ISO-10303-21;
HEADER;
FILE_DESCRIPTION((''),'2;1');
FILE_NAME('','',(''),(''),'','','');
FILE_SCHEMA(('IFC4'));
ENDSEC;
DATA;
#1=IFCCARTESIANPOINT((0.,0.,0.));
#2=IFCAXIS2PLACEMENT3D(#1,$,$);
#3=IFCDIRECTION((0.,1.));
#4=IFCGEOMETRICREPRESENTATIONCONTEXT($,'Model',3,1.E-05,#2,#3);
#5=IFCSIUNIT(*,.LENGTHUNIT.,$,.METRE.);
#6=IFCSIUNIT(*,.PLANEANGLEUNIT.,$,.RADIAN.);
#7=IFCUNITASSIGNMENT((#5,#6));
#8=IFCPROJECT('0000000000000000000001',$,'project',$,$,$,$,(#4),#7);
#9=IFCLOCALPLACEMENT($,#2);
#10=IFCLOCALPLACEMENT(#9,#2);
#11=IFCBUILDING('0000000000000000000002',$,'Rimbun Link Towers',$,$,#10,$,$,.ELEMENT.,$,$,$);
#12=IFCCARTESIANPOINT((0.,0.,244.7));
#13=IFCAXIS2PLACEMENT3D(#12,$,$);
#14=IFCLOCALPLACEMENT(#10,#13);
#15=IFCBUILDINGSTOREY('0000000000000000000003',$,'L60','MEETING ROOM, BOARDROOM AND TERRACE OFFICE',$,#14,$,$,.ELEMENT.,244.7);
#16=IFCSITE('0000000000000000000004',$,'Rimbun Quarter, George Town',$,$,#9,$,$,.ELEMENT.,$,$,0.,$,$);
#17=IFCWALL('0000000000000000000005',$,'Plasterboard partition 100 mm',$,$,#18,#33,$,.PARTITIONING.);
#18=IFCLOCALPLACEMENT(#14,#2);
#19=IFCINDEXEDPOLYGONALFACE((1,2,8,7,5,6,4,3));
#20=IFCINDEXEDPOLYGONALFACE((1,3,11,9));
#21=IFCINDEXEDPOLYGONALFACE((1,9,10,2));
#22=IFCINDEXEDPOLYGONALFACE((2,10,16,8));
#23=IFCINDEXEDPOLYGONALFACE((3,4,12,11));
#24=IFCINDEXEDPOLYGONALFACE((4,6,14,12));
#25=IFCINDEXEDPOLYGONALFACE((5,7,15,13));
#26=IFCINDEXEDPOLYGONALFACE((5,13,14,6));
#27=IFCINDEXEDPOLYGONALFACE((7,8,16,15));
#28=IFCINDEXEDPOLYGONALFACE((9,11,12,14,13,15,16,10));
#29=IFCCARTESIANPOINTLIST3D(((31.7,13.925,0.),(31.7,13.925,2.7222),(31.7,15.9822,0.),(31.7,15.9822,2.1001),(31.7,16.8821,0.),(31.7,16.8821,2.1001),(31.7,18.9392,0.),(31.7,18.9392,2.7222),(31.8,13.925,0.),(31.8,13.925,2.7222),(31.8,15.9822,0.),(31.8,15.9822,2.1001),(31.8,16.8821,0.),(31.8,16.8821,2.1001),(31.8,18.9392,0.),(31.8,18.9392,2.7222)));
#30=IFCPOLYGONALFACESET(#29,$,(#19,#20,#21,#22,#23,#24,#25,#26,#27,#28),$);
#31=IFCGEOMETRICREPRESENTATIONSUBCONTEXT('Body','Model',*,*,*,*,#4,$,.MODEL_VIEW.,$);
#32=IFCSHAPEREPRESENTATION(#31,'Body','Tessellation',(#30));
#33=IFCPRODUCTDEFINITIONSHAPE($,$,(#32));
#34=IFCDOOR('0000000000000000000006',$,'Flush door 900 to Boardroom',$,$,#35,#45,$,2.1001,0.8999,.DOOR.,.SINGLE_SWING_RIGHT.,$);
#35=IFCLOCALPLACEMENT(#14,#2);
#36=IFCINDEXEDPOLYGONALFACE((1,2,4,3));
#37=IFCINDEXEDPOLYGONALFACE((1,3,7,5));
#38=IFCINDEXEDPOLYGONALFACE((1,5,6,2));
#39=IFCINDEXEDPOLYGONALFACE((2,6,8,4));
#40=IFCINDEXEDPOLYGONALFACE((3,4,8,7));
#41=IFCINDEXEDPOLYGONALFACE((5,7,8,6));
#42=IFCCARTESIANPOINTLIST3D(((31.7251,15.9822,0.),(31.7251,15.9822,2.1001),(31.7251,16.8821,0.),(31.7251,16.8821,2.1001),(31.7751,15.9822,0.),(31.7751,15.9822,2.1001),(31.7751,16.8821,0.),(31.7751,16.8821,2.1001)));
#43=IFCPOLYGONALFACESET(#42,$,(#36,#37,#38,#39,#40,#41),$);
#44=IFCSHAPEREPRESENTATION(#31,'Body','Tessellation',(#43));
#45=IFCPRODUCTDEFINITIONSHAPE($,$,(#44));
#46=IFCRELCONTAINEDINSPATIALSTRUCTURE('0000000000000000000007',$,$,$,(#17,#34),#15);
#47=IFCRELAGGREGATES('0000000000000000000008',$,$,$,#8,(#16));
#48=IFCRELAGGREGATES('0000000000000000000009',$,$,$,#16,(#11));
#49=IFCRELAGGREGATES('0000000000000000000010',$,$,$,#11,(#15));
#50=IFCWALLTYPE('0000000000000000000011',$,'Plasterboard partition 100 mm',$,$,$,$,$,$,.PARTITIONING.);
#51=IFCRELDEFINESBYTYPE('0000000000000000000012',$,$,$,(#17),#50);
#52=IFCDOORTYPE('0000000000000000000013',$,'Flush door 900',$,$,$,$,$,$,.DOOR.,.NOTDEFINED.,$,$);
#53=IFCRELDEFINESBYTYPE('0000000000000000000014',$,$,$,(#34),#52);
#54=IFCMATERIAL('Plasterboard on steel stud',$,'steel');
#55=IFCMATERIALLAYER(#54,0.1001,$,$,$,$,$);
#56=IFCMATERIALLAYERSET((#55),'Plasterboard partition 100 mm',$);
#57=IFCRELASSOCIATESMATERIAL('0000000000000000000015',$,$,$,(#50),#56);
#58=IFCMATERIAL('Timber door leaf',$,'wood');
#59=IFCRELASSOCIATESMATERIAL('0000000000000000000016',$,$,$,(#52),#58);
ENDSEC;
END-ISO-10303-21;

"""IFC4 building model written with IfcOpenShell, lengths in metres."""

from ifc_helpers import new_model, si_unit, direction, frame, frame_2d, origin, place, context, subcontext, project, spatial, rectangle, extrude, material, layer, layer_set, type_object, element, fill, save


model = new_model("IFC4")

# Units and contexts
model_context = context("Model", 3, precision=1e-05, world=origin(), true_north=direction((0.0, 1.0)))
body_context = subcontext(model_context, "Body", "Model", "MODEL_VIEW")
ifc_project = project(units=[si_unit("LENGTHUNIT", "METRE"), si_unit("PLANEANGLEUNIT", "RADIAN")], contexts=[model_context])

# Site, building, storey
site_placement = place(None, origin())
site = spatial("IfcSite", under=ifc_project, at=site_placement, Name="Rimbun Quarter, George Town", CompositionType="ELEMENT", RefElevation=0.0)
building_placement = place(site_placement, origin())
building = spatial("IfcBuilding", under=site, at=building_placement, Name="Rimbun Link Towers", CompositionType="ELEMENT")
storey_placement = place(building_placement, frame((0.0, 0.0, 244.7)))
storey = spatial("IfcBuildingStorey", under=building, at=storey_placement, Name="L60", Description="MEETING ROOM, BOARDROOM AND TERRACE OFFICE", CompositionType="ELEMENT", Elevation=244.7)

# Shared definitions
ifc_material_1 = material(Name="Plasterboard on steel stud", Category="steel")
ifc_layer_1 = layer(ifc_material_1, 0.1001)
ifc_layer_set_1 = layer_set([ifc_layer_1], Name="Plasterboard partition 100 mm")
wall_type = type_object("IfcWallType", Name="Plasterboard partition 100 mm", PredefinedType="PARTITIONING", material=ifc_layer_set_1)

# Wall, opening, door
wall_1_placement = place(storey_placement, frame((31.75, 13.925, 0.0), z_axis=(0.0, 0.0, 1.0), x_axis=(0.0, 1.0, 0.0)))
wall_1 = element("IfcWall", 1, at=wall_1_placement, inside=storey, type_object=wall_type, Name="Plasterboard partition 100 mm", PredefinedType="PARTITIONING", context=body_context, shape_type="SweptSolid", body=[
    extrude(rectangle(XDim=5.0142, YDim=0.1001, at=frame_2d((2.5071, 0.0))), origin(), (0.0, 0.0, 1.0), 2.7222),
])
opening_1_placement = place(wall_1_placement, frame((2.0571, 0.0, 0.0)))
opening_1 = element("IfcOpeningElement", 2, at=opening_1_placement, cuts=wall_1, PredefinedType="OPENING", context=body_context, shape_type="SweptSolid", body=[
    extrude(rectangle(XDim=0.8999, YDim=2.1001, at=frame_2d((0.45, 1.05))), frame((0.0, 0.0601, 0.0), z_axis=(0.0, -1.0, 0.0), x_axis=(1.0, 0.0, 0.0)), (0.0, 0.0, 1.0), 0.1201),
])
ifc_material_2 = material(Name="Timber door leaf", Category="wood")
door_type_1 = type_object("IfcDoorType", Name="Flush door 900", OperationType="NOTDEFINED", PredefinedType="DOOR", material=ifc_material_2)
door_1_placement = place(opening_1_placement, origin())
door_1 = element("IfcDoor", 3, at=door_1_placement, inside=storey, type_object=door_type_1, Name="Flush door 900 to Boardroom", OperationType="SINGLE_SWING_RIGHT", OverallHeight=2.1001, OverallWidth=0.8999, PredefinedType="DOOR", context=body_context, shape_type="SweptSolid", body=[
    extrude(rectangle(XDim=0.8999, YDim=2.1001, at=frame_2d((0.45, 1.05))), frame((0.0, 0.0249, 0.0), z_axis=(0.0, -1.0, 0.0), x_axis=(1.0, 0.0, 0.0)), (0.0, 0.0, 1.0), 0.05),
])
fill(opening_1, door_1)

save(model, "model.ifc")
